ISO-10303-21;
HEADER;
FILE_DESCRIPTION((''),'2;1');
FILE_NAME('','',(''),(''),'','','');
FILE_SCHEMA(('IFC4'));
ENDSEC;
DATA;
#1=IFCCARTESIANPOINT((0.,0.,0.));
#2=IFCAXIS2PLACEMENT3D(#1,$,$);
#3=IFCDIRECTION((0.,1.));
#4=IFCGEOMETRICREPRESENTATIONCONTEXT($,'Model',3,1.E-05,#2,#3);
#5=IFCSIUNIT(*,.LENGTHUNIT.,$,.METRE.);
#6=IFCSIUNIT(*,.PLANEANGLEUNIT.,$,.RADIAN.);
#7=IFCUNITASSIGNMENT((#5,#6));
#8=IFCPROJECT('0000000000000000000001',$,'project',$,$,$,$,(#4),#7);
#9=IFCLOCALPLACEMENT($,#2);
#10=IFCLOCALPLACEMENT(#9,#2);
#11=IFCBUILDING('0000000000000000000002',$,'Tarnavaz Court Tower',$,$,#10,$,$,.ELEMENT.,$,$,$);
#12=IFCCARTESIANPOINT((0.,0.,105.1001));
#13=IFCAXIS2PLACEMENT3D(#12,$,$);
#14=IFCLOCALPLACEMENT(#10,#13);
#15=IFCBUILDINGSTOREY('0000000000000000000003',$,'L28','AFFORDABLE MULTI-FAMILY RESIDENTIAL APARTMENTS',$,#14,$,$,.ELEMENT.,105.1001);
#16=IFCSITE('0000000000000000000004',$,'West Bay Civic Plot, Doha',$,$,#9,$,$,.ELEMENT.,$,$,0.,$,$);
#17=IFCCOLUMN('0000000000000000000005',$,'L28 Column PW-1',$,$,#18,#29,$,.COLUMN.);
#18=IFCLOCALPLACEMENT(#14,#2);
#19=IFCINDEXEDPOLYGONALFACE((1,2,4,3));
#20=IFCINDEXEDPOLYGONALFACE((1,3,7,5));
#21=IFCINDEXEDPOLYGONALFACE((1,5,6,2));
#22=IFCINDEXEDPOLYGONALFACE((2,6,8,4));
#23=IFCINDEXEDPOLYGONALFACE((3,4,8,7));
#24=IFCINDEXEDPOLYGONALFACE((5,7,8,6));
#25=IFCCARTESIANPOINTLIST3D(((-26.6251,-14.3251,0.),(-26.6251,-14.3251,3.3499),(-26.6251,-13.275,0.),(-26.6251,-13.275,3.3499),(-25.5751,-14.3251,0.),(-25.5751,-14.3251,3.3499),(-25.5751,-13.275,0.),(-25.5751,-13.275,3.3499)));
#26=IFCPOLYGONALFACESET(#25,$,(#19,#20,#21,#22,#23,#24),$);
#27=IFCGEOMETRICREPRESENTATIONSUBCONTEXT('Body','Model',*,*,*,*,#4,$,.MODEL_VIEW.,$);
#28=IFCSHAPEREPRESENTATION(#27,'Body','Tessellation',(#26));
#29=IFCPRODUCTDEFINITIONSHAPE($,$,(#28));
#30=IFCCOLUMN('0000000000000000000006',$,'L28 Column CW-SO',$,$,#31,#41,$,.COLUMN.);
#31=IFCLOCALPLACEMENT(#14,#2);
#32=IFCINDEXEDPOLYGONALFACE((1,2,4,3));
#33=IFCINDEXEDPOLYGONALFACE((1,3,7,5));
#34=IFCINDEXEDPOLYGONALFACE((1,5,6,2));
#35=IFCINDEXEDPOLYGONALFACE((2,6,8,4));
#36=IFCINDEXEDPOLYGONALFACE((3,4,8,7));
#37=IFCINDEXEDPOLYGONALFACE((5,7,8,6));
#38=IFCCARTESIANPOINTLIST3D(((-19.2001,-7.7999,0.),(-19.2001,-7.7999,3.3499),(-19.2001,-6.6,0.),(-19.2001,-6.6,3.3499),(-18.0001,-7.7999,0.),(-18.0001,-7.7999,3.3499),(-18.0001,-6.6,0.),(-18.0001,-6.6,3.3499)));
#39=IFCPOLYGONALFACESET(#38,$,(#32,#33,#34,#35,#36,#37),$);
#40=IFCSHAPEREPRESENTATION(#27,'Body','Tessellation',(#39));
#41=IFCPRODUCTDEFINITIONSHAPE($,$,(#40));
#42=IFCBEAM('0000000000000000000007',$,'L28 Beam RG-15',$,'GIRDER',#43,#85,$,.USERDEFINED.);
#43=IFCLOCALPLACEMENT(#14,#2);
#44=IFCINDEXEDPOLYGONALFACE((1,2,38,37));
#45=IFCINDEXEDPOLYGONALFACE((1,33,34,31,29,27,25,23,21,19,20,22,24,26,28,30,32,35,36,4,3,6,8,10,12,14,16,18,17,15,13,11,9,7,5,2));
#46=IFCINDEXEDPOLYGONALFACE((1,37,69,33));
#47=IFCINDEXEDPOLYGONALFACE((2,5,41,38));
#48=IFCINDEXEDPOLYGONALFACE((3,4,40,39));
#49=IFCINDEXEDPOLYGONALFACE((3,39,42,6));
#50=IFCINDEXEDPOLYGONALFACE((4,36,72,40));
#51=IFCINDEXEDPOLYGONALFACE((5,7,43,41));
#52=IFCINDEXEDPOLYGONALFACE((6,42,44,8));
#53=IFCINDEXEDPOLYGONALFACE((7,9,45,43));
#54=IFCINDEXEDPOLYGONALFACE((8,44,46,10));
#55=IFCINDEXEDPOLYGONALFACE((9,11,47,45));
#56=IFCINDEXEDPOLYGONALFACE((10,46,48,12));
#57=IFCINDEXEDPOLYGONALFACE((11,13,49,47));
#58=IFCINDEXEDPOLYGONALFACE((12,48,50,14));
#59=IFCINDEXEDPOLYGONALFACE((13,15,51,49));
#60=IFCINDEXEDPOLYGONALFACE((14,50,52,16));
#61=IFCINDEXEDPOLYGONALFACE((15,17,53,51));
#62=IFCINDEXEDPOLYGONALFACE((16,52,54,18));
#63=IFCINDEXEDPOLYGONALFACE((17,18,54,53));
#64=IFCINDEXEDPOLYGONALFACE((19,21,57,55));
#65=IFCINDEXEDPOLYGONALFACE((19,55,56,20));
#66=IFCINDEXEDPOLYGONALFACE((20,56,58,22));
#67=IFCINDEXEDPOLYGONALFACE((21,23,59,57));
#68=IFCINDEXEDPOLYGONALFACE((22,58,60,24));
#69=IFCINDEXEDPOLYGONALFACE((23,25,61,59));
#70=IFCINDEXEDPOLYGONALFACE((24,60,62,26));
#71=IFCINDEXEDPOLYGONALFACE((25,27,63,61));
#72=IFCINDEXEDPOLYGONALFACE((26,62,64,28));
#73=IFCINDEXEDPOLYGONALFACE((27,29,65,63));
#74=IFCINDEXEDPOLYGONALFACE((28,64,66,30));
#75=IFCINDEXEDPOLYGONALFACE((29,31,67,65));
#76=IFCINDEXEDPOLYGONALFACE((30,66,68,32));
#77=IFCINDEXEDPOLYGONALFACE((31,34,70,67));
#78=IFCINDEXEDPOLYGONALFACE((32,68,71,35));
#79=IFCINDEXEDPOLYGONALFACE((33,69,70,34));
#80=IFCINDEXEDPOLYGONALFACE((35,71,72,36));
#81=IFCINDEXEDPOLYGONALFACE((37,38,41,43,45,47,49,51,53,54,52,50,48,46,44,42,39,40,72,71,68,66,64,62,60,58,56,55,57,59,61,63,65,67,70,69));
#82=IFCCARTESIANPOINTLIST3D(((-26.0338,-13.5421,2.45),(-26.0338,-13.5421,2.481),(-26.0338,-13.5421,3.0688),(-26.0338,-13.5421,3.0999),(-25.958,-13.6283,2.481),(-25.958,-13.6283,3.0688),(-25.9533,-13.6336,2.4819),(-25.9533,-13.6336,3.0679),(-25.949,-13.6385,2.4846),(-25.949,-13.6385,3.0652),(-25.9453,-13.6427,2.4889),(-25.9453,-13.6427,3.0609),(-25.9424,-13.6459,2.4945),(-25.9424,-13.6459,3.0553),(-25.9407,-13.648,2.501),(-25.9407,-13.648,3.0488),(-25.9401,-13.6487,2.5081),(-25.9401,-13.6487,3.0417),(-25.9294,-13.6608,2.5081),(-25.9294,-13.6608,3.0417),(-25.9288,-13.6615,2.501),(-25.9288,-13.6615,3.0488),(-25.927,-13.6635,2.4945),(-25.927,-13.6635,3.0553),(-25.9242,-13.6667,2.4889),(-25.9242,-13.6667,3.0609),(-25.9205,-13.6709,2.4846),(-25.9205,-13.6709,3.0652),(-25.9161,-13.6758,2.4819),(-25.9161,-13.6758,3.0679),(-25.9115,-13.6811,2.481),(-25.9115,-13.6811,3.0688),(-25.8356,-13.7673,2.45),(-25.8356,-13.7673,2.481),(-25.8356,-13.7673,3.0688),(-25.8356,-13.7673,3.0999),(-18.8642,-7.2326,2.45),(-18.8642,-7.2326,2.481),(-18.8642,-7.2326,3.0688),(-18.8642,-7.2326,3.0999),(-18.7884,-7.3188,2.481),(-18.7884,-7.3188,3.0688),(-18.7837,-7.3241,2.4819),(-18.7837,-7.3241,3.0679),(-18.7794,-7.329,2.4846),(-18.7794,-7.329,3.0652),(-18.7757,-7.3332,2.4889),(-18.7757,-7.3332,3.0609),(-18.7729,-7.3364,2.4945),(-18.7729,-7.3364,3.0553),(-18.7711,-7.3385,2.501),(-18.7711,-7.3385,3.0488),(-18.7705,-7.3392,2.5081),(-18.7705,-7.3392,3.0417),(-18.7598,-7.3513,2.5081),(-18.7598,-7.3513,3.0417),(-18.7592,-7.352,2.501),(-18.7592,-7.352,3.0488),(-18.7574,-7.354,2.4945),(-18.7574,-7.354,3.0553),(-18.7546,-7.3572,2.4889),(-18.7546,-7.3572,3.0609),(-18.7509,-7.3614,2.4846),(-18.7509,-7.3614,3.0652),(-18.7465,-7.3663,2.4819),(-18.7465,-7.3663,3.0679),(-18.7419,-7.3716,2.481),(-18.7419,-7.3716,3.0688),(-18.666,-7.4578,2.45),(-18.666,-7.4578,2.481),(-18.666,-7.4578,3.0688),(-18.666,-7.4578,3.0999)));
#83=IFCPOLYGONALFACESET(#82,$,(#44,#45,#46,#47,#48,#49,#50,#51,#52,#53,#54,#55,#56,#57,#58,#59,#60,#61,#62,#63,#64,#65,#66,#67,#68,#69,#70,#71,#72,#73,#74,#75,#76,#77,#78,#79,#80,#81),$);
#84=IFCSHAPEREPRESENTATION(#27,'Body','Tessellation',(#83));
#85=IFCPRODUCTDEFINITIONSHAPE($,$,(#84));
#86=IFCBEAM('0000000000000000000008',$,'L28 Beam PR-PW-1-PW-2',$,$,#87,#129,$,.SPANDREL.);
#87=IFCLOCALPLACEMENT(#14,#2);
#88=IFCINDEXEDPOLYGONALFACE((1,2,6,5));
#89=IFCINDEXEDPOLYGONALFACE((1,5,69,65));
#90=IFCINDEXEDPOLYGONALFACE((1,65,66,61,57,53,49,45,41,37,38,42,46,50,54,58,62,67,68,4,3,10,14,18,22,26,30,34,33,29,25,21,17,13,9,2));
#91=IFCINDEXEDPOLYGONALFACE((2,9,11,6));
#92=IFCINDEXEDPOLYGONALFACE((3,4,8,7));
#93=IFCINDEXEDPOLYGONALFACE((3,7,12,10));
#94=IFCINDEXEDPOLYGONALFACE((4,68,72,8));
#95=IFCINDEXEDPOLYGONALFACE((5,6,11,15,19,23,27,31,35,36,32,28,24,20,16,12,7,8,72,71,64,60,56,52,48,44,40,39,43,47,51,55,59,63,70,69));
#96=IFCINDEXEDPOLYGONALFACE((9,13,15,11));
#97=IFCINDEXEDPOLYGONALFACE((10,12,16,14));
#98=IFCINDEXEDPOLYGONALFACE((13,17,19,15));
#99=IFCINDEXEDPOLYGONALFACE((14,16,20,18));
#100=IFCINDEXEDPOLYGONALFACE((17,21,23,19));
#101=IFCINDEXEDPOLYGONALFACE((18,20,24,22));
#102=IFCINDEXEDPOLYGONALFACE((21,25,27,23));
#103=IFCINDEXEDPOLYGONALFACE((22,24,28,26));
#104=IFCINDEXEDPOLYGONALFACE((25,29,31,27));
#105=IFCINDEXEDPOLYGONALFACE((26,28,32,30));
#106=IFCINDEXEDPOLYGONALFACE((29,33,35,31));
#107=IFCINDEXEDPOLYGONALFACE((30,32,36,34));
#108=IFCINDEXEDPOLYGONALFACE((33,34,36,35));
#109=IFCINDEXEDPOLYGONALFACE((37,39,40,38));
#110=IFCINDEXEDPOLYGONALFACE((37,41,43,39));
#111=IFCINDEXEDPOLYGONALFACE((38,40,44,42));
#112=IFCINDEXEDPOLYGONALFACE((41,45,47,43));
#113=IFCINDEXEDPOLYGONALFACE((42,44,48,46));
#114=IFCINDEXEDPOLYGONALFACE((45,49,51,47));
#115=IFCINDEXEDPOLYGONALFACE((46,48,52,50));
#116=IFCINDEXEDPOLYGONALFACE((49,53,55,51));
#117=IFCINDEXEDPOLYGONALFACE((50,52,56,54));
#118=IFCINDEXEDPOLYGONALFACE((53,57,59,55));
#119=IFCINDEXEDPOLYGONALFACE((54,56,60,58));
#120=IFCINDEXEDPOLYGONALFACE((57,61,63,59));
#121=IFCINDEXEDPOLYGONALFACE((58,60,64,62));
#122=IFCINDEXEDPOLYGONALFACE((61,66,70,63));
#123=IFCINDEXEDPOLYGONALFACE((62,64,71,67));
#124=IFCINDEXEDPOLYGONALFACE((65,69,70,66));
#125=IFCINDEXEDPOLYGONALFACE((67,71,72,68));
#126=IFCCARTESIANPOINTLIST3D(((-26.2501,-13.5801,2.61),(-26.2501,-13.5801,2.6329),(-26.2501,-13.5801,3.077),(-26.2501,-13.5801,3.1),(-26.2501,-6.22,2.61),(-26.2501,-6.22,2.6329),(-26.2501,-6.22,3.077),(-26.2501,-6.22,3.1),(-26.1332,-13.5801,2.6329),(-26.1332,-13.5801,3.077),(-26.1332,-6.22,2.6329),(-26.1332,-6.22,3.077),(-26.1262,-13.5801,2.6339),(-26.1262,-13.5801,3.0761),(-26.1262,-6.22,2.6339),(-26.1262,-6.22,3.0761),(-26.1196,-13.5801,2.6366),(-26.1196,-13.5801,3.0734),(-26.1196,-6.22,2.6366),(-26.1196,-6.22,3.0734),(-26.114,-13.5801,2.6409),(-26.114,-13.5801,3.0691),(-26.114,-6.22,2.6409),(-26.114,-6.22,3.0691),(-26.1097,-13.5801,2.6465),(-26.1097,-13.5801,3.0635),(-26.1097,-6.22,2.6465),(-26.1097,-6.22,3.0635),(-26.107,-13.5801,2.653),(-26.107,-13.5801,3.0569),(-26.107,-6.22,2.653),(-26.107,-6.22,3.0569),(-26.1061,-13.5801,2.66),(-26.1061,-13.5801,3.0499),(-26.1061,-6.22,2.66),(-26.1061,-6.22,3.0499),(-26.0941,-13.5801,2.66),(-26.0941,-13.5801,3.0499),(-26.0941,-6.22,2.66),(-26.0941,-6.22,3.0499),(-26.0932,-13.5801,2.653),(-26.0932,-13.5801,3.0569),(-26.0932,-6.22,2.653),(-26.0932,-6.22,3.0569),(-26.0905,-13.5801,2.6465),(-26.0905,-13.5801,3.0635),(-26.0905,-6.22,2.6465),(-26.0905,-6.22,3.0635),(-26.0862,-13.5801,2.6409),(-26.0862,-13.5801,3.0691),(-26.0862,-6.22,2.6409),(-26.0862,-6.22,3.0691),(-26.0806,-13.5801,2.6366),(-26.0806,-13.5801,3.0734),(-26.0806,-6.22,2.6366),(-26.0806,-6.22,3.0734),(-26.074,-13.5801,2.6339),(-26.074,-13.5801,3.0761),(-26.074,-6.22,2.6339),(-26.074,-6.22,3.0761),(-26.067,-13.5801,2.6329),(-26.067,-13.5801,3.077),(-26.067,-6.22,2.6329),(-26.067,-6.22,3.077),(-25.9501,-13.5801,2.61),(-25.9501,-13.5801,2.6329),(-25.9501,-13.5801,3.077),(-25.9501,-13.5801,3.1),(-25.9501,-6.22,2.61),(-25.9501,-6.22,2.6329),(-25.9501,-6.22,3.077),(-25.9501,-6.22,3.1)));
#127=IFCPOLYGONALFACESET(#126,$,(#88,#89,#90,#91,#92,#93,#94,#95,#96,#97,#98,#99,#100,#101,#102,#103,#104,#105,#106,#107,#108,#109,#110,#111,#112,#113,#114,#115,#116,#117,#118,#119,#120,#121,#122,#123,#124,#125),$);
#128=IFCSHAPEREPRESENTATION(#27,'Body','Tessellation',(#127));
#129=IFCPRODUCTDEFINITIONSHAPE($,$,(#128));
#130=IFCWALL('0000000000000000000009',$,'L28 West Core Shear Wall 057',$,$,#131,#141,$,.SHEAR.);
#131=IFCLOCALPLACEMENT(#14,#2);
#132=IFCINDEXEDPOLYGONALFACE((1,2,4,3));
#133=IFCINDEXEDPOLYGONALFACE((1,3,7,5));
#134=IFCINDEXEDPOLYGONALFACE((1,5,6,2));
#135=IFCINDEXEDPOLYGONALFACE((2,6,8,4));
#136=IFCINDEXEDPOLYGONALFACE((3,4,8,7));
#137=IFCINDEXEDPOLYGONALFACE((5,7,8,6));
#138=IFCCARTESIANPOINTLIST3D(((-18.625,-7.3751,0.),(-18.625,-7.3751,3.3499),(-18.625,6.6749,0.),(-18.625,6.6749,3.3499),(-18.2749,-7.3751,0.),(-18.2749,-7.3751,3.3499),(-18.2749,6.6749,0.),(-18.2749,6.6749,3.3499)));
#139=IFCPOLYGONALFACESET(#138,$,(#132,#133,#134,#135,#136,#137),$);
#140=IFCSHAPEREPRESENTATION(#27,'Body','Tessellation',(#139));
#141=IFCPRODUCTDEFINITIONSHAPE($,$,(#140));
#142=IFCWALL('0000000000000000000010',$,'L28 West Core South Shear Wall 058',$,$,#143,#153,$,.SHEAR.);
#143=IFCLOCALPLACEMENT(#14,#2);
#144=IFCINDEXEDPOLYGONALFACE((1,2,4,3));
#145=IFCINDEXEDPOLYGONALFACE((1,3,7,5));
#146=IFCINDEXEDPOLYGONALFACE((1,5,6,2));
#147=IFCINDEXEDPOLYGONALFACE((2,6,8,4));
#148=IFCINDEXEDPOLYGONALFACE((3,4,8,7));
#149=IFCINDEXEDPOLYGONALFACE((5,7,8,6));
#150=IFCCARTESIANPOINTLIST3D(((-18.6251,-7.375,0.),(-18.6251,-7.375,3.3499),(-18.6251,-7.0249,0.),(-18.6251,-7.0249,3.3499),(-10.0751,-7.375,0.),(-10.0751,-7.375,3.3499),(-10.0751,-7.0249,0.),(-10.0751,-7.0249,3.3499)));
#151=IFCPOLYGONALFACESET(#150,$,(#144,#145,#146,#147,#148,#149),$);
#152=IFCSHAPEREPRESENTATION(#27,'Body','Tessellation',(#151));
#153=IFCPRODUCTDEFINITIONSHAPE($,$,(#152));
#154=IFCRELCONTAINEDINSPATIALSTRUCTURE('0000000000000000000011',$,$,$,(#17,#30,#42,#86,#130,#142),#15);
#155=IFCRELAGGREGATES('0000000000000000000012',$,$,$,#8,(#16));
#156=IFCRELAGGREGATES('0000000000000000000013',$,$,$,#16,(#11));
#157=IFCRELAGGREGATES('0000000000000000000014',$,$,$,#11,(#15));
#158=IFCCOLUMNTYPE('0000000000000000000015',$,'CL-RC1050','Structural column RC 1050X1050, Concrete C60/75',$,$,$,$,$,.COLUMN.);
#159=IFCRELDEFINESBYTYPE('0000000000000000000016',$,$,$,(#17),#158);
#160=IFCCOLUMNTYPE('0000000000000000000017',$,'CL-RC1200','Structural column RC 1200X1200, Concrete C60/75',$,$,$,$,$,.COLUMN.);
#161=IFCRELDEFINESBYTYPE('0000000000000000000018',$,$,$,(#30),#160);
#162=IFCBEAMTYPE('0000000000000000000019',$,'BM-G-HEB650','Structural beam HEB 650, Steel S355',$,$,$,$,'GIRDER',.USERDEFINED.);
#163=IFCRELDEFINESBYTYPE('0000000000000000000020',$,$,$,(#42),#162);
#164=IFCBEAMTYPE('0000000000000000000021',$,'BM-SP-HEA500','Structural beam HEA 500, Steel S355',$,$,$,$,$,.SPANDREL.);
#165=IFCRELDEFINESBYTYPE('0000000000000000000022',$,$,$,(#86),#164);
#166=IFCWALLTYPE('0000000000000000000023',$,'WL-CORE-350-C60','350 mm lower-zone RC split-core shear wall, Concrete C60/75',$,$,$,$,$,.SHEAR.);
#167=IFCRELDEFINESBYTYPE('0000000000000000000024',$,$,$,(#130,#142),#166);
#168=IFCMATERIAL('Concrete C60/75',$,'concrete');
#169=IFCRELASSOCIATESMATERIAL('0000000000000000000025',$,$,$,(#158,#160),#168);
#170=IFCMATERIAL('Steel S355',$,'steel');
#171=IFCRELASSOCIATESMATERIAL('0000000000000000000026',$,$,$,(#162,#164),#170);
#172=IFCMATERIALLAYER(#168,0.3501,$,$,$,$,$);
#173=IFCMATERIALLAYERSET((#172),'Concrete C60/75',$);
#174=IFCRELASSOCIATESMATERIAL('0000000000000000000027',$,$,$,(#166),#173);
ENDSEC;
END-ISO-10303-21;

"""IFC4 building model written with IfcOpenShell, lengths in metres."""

from ifc_helpers import new_model, si_unit, direction, frame, frame_2d, origin, origin_2d, place, context, subcontext, project, spatial, rectangle, i_section, extrude, material, layer, layer_set, material_profile, profile_set, type_object, element, save


model = new_model("IFC4")

# Units and contexts
model_context = context("Model", 3, precision=1e-05, world=origin(), true_north=direction((0.0, 1.0)))
body_context = subcontext(model_context, "Body", "Model", "MODEL_VIEW")
ifc_project = project(units=[si_unit("LENGTHUNIT", "METRE"), si_unit("PLANEANGLEUNIT", "RADIAN")], contexts=[model_context])

# Site, building, storey
site_placement = place(None, origin())
site = spatial("IfcSite", under=ifc_project, at=site_placement, Name="West Bay Civic Plot, Doha", CompositionType="ELEMENT", RefElevation=0.0)
building_placement = place(site_placement, origin())
building = spatial("IfcBuilding", under=site, at=building_placement, Name="Tarnavaz Court Tower", CompositionType="ELEMENT")
storey_placement = place(building_placement, frame((0.0, 0.0, 105.1001)))
storey = spatial("IfcBuildingStorey", under=building, at=storey_placement, Name="L28", Description="AFFORDABLE MULTI-FAMILY RESIDENTIAL APARTMENTS", CompositionType="ELEMENT", Elevation=105.1001)

# Columns
ifc_material_1 = material(Name="Concrete C60/75", Category="concrete")
ifc_material_profile_1 = material_profile(ifc_material_1, rectangle(XDim=1.05, YDim=1.05, at=origin_2d()), Name="RC 1050X1050")
ifc_profile_set_1 = profile_set([ifc_material_profile_1], Name="Concrete C60/75")
column_type_1 = type_object("IfcColumnType", Name="CL-RC1050", Description="Structural column RC 1050X1050, Concrete C60/75", PredefinedType="COLUMN", material=ifc_profile_set_1)
column_1_placement = place(storey_placement, frame((-26.1001, -13.8, 0.0), z_axis=(0.0, 0.0, 1.0), x_axis=(1.0, 0.0, 0.0)))
element("IfcColumn", 1, at=column_1_placement, inside=storey, type_object=column_type_1, Name="L28 Column PW-1", PredefinedType="COLUMN", context=body_context, shape_type="SweptSolid", body=[
    extrude(rectangle(XDim=1.05, YDim=1.05, at=origin_2d()), origin(), (0.0, 0.0, 1.0), 3.3499),
])
ifc_material_profile_2 = material_profile(ifc_material_1, rectangle(XDim=1.2, YDim=1.2, at=origin_2d()), Name="RC 1200X1200")
ifc_profile_set_2 = profile_set([ifc_material_profile_2], Name="Concrete C60/75")
column_type_2 = type_object("IfcColumnType", Name="CL-RC1200", Description="Structural column RC 1200X1200, Concrete C60/75", PredefinedType="COLUMN", material=ifc_profile_set_2)
column_2_placement = place(storey_placement, frame((-18.6001, -7.2, 0.0), z_axis=(0.0, 0.0, 1.0), x_axis=(1.0, 0.0, 0.0)))
element("IfcColumn", 2, at=column_2_placement, inside=storey, type_object=column_type_2, Name="L28 Column CW-SO", PredefinedType="COLUMN", context=body_context, shape_type="SweptSolid", body=[
    extrude(rectangle(XDim=1.2, YDim=1.2, at=origin_2d()), origin(), (0.0, 0.0, 1.0), 3.3499),
])

# Beams
ifc_material_2 = material(Name="Steel S355", Category="steel")
ifc_material_profile_3 = material_profile(ifc_material_2, i_section(OverallWidth=0.3, OverallDepth=0.6499, WebThickness=0.0161, FlangeThickness=0.031, FilletRadius=0.0271, at=origin_2d()), Name="HEB 650")
ifc_profile_set_3 = profile_set([ifc_material_profile_3], Name="Steel S355")
beam_type_1 = type_object("IfcBeamType", Name="BM-G-HEB650", Description="Structural beam HEB 650, Steel S355", ElementType="GIRDER", PredefinedType="USERDEFINED", material=ifc_profile_set_3)
beam_1_placement = place(storey_placement, frame((-18.7651, -7.3452, 2.7749), z_axis=(-0.7507, -0.660643, 0.0), x_axis=(0.660643, -0.7507, 0.0)))
element("IfcBeam", 3, at=beam_1_placement, inside=storey, type_object=beam_type_1, Name="L28 Beam RG-15", ObjectType="GIRDER", PredefinedType="USERDEFINED", context=body_context, shape_type="SweptSolid", body=[
    extrude(i_section(OverallWidth=0.3, OverallDepth=0.6499, WebThickness=0.0161, FlangeThickness=0.031, FilletRadius=0.0271, at=origin_2d()), origin(), (0.0, 0.0, 1.0), 9.5505),
])
ifc_material_profile_4 = material_profile(ifc_material_2, i_section(OverallWidth=0.3, OverallDepth=0.49, WebThickness=0.012, FlangeThickness=0.0229, FilletRadius=0.0271, at=origin_2d()), Name="HEA 500")
ifc_profile_set_4 = profile_set([ifc_material_profile_4], Name="Steel S355")
beam_type_2 = type_object("IfcBeamType", Name="BM-SP-HEA500", Description="Structural beam HEA 500, Steel S355", PredefinedType="SPANDREL", material=ifc_profile_set_4)
beam_2_placement = place(storey_placement, frame((-26.1001, -13.5801, 2.855), z_axis=(0.0, 1.0, 0.0), x_axis=(-1.0, 0.0, 0.0)))
element("IfcBeam", 4, at=beam_2_placement, inside=storey, type_object=beam_type_2, Name="L28 Beam PR-PW-1-PW-2", PredefinedType="SPANDREL", context=body_context, shape_type="SweptSolid", body=[
    extrude(i_section(OverallWidth=0.3, OverallDepth=0.49, WebThickness=0.012, FlangeThickness=0.0229, FilletRadius=0.0271, at=origin_2d()), origin(), (0.0, 0.0, 1.0), 7.3601),
])

# Walls
ifc_layer_1 = layer(ifc_material_1, 0.3501)
ifc_layer_set_1 = layer_set([ifc_layer_1], Name="Concrete C60/75")
wall_type_1 = type_object("IfcWallType", Name="WL-CORE-350-C60", Description="350 mm lower-zone RC split-core shear wall, Concrete C60/75", PredefinedType="SHEAR", material=ifc_layer_set_1)
wall_1_placement = place(storey_placement, frame((-18.45, -7.375, 0.0), z_axis=(0.0, 0.0, 1.0), x_axis=(0.0, 1.0, 0.0)))
element("IfcWall", 5, at=wall_1_placement, inside=storey, type_object=wall_type_1, Name="L28 West Core Shear Wall 057", PredefinedType="SHEAR", context=body_context, shape_type="SweptSolid", body=[
    extrude(rectangle(XDim=14.05, YDim=0.3501, at=frame_2d((7.0249, 0.0))), origin(), (0.0, 0.0, 1.0), 3.3499),
])
wall_2_placement = place(storey_placement, frame((-18.625, -7.2, 0.0), z_axis=(0.0, 0.0, 1.0), x_axis=(1.0, 0.0, 0.0)))
element("IfcWall", 6, at=wall_2_placement, inside=storey, type_object=wall_type_1, Name="L28 West Core South Shear Wall 058", PredefinedType="SHEAR", context=body_context, shape_type="SweptSolid", body=[
    extrude(rectangle(XDim=8.55, YDim=0.3501, at=frame_2d((4.2749, 0.0))), origin(), (0.0, 0.0, 1.0), 3.3499),
])

save(model, "model.ifc")
